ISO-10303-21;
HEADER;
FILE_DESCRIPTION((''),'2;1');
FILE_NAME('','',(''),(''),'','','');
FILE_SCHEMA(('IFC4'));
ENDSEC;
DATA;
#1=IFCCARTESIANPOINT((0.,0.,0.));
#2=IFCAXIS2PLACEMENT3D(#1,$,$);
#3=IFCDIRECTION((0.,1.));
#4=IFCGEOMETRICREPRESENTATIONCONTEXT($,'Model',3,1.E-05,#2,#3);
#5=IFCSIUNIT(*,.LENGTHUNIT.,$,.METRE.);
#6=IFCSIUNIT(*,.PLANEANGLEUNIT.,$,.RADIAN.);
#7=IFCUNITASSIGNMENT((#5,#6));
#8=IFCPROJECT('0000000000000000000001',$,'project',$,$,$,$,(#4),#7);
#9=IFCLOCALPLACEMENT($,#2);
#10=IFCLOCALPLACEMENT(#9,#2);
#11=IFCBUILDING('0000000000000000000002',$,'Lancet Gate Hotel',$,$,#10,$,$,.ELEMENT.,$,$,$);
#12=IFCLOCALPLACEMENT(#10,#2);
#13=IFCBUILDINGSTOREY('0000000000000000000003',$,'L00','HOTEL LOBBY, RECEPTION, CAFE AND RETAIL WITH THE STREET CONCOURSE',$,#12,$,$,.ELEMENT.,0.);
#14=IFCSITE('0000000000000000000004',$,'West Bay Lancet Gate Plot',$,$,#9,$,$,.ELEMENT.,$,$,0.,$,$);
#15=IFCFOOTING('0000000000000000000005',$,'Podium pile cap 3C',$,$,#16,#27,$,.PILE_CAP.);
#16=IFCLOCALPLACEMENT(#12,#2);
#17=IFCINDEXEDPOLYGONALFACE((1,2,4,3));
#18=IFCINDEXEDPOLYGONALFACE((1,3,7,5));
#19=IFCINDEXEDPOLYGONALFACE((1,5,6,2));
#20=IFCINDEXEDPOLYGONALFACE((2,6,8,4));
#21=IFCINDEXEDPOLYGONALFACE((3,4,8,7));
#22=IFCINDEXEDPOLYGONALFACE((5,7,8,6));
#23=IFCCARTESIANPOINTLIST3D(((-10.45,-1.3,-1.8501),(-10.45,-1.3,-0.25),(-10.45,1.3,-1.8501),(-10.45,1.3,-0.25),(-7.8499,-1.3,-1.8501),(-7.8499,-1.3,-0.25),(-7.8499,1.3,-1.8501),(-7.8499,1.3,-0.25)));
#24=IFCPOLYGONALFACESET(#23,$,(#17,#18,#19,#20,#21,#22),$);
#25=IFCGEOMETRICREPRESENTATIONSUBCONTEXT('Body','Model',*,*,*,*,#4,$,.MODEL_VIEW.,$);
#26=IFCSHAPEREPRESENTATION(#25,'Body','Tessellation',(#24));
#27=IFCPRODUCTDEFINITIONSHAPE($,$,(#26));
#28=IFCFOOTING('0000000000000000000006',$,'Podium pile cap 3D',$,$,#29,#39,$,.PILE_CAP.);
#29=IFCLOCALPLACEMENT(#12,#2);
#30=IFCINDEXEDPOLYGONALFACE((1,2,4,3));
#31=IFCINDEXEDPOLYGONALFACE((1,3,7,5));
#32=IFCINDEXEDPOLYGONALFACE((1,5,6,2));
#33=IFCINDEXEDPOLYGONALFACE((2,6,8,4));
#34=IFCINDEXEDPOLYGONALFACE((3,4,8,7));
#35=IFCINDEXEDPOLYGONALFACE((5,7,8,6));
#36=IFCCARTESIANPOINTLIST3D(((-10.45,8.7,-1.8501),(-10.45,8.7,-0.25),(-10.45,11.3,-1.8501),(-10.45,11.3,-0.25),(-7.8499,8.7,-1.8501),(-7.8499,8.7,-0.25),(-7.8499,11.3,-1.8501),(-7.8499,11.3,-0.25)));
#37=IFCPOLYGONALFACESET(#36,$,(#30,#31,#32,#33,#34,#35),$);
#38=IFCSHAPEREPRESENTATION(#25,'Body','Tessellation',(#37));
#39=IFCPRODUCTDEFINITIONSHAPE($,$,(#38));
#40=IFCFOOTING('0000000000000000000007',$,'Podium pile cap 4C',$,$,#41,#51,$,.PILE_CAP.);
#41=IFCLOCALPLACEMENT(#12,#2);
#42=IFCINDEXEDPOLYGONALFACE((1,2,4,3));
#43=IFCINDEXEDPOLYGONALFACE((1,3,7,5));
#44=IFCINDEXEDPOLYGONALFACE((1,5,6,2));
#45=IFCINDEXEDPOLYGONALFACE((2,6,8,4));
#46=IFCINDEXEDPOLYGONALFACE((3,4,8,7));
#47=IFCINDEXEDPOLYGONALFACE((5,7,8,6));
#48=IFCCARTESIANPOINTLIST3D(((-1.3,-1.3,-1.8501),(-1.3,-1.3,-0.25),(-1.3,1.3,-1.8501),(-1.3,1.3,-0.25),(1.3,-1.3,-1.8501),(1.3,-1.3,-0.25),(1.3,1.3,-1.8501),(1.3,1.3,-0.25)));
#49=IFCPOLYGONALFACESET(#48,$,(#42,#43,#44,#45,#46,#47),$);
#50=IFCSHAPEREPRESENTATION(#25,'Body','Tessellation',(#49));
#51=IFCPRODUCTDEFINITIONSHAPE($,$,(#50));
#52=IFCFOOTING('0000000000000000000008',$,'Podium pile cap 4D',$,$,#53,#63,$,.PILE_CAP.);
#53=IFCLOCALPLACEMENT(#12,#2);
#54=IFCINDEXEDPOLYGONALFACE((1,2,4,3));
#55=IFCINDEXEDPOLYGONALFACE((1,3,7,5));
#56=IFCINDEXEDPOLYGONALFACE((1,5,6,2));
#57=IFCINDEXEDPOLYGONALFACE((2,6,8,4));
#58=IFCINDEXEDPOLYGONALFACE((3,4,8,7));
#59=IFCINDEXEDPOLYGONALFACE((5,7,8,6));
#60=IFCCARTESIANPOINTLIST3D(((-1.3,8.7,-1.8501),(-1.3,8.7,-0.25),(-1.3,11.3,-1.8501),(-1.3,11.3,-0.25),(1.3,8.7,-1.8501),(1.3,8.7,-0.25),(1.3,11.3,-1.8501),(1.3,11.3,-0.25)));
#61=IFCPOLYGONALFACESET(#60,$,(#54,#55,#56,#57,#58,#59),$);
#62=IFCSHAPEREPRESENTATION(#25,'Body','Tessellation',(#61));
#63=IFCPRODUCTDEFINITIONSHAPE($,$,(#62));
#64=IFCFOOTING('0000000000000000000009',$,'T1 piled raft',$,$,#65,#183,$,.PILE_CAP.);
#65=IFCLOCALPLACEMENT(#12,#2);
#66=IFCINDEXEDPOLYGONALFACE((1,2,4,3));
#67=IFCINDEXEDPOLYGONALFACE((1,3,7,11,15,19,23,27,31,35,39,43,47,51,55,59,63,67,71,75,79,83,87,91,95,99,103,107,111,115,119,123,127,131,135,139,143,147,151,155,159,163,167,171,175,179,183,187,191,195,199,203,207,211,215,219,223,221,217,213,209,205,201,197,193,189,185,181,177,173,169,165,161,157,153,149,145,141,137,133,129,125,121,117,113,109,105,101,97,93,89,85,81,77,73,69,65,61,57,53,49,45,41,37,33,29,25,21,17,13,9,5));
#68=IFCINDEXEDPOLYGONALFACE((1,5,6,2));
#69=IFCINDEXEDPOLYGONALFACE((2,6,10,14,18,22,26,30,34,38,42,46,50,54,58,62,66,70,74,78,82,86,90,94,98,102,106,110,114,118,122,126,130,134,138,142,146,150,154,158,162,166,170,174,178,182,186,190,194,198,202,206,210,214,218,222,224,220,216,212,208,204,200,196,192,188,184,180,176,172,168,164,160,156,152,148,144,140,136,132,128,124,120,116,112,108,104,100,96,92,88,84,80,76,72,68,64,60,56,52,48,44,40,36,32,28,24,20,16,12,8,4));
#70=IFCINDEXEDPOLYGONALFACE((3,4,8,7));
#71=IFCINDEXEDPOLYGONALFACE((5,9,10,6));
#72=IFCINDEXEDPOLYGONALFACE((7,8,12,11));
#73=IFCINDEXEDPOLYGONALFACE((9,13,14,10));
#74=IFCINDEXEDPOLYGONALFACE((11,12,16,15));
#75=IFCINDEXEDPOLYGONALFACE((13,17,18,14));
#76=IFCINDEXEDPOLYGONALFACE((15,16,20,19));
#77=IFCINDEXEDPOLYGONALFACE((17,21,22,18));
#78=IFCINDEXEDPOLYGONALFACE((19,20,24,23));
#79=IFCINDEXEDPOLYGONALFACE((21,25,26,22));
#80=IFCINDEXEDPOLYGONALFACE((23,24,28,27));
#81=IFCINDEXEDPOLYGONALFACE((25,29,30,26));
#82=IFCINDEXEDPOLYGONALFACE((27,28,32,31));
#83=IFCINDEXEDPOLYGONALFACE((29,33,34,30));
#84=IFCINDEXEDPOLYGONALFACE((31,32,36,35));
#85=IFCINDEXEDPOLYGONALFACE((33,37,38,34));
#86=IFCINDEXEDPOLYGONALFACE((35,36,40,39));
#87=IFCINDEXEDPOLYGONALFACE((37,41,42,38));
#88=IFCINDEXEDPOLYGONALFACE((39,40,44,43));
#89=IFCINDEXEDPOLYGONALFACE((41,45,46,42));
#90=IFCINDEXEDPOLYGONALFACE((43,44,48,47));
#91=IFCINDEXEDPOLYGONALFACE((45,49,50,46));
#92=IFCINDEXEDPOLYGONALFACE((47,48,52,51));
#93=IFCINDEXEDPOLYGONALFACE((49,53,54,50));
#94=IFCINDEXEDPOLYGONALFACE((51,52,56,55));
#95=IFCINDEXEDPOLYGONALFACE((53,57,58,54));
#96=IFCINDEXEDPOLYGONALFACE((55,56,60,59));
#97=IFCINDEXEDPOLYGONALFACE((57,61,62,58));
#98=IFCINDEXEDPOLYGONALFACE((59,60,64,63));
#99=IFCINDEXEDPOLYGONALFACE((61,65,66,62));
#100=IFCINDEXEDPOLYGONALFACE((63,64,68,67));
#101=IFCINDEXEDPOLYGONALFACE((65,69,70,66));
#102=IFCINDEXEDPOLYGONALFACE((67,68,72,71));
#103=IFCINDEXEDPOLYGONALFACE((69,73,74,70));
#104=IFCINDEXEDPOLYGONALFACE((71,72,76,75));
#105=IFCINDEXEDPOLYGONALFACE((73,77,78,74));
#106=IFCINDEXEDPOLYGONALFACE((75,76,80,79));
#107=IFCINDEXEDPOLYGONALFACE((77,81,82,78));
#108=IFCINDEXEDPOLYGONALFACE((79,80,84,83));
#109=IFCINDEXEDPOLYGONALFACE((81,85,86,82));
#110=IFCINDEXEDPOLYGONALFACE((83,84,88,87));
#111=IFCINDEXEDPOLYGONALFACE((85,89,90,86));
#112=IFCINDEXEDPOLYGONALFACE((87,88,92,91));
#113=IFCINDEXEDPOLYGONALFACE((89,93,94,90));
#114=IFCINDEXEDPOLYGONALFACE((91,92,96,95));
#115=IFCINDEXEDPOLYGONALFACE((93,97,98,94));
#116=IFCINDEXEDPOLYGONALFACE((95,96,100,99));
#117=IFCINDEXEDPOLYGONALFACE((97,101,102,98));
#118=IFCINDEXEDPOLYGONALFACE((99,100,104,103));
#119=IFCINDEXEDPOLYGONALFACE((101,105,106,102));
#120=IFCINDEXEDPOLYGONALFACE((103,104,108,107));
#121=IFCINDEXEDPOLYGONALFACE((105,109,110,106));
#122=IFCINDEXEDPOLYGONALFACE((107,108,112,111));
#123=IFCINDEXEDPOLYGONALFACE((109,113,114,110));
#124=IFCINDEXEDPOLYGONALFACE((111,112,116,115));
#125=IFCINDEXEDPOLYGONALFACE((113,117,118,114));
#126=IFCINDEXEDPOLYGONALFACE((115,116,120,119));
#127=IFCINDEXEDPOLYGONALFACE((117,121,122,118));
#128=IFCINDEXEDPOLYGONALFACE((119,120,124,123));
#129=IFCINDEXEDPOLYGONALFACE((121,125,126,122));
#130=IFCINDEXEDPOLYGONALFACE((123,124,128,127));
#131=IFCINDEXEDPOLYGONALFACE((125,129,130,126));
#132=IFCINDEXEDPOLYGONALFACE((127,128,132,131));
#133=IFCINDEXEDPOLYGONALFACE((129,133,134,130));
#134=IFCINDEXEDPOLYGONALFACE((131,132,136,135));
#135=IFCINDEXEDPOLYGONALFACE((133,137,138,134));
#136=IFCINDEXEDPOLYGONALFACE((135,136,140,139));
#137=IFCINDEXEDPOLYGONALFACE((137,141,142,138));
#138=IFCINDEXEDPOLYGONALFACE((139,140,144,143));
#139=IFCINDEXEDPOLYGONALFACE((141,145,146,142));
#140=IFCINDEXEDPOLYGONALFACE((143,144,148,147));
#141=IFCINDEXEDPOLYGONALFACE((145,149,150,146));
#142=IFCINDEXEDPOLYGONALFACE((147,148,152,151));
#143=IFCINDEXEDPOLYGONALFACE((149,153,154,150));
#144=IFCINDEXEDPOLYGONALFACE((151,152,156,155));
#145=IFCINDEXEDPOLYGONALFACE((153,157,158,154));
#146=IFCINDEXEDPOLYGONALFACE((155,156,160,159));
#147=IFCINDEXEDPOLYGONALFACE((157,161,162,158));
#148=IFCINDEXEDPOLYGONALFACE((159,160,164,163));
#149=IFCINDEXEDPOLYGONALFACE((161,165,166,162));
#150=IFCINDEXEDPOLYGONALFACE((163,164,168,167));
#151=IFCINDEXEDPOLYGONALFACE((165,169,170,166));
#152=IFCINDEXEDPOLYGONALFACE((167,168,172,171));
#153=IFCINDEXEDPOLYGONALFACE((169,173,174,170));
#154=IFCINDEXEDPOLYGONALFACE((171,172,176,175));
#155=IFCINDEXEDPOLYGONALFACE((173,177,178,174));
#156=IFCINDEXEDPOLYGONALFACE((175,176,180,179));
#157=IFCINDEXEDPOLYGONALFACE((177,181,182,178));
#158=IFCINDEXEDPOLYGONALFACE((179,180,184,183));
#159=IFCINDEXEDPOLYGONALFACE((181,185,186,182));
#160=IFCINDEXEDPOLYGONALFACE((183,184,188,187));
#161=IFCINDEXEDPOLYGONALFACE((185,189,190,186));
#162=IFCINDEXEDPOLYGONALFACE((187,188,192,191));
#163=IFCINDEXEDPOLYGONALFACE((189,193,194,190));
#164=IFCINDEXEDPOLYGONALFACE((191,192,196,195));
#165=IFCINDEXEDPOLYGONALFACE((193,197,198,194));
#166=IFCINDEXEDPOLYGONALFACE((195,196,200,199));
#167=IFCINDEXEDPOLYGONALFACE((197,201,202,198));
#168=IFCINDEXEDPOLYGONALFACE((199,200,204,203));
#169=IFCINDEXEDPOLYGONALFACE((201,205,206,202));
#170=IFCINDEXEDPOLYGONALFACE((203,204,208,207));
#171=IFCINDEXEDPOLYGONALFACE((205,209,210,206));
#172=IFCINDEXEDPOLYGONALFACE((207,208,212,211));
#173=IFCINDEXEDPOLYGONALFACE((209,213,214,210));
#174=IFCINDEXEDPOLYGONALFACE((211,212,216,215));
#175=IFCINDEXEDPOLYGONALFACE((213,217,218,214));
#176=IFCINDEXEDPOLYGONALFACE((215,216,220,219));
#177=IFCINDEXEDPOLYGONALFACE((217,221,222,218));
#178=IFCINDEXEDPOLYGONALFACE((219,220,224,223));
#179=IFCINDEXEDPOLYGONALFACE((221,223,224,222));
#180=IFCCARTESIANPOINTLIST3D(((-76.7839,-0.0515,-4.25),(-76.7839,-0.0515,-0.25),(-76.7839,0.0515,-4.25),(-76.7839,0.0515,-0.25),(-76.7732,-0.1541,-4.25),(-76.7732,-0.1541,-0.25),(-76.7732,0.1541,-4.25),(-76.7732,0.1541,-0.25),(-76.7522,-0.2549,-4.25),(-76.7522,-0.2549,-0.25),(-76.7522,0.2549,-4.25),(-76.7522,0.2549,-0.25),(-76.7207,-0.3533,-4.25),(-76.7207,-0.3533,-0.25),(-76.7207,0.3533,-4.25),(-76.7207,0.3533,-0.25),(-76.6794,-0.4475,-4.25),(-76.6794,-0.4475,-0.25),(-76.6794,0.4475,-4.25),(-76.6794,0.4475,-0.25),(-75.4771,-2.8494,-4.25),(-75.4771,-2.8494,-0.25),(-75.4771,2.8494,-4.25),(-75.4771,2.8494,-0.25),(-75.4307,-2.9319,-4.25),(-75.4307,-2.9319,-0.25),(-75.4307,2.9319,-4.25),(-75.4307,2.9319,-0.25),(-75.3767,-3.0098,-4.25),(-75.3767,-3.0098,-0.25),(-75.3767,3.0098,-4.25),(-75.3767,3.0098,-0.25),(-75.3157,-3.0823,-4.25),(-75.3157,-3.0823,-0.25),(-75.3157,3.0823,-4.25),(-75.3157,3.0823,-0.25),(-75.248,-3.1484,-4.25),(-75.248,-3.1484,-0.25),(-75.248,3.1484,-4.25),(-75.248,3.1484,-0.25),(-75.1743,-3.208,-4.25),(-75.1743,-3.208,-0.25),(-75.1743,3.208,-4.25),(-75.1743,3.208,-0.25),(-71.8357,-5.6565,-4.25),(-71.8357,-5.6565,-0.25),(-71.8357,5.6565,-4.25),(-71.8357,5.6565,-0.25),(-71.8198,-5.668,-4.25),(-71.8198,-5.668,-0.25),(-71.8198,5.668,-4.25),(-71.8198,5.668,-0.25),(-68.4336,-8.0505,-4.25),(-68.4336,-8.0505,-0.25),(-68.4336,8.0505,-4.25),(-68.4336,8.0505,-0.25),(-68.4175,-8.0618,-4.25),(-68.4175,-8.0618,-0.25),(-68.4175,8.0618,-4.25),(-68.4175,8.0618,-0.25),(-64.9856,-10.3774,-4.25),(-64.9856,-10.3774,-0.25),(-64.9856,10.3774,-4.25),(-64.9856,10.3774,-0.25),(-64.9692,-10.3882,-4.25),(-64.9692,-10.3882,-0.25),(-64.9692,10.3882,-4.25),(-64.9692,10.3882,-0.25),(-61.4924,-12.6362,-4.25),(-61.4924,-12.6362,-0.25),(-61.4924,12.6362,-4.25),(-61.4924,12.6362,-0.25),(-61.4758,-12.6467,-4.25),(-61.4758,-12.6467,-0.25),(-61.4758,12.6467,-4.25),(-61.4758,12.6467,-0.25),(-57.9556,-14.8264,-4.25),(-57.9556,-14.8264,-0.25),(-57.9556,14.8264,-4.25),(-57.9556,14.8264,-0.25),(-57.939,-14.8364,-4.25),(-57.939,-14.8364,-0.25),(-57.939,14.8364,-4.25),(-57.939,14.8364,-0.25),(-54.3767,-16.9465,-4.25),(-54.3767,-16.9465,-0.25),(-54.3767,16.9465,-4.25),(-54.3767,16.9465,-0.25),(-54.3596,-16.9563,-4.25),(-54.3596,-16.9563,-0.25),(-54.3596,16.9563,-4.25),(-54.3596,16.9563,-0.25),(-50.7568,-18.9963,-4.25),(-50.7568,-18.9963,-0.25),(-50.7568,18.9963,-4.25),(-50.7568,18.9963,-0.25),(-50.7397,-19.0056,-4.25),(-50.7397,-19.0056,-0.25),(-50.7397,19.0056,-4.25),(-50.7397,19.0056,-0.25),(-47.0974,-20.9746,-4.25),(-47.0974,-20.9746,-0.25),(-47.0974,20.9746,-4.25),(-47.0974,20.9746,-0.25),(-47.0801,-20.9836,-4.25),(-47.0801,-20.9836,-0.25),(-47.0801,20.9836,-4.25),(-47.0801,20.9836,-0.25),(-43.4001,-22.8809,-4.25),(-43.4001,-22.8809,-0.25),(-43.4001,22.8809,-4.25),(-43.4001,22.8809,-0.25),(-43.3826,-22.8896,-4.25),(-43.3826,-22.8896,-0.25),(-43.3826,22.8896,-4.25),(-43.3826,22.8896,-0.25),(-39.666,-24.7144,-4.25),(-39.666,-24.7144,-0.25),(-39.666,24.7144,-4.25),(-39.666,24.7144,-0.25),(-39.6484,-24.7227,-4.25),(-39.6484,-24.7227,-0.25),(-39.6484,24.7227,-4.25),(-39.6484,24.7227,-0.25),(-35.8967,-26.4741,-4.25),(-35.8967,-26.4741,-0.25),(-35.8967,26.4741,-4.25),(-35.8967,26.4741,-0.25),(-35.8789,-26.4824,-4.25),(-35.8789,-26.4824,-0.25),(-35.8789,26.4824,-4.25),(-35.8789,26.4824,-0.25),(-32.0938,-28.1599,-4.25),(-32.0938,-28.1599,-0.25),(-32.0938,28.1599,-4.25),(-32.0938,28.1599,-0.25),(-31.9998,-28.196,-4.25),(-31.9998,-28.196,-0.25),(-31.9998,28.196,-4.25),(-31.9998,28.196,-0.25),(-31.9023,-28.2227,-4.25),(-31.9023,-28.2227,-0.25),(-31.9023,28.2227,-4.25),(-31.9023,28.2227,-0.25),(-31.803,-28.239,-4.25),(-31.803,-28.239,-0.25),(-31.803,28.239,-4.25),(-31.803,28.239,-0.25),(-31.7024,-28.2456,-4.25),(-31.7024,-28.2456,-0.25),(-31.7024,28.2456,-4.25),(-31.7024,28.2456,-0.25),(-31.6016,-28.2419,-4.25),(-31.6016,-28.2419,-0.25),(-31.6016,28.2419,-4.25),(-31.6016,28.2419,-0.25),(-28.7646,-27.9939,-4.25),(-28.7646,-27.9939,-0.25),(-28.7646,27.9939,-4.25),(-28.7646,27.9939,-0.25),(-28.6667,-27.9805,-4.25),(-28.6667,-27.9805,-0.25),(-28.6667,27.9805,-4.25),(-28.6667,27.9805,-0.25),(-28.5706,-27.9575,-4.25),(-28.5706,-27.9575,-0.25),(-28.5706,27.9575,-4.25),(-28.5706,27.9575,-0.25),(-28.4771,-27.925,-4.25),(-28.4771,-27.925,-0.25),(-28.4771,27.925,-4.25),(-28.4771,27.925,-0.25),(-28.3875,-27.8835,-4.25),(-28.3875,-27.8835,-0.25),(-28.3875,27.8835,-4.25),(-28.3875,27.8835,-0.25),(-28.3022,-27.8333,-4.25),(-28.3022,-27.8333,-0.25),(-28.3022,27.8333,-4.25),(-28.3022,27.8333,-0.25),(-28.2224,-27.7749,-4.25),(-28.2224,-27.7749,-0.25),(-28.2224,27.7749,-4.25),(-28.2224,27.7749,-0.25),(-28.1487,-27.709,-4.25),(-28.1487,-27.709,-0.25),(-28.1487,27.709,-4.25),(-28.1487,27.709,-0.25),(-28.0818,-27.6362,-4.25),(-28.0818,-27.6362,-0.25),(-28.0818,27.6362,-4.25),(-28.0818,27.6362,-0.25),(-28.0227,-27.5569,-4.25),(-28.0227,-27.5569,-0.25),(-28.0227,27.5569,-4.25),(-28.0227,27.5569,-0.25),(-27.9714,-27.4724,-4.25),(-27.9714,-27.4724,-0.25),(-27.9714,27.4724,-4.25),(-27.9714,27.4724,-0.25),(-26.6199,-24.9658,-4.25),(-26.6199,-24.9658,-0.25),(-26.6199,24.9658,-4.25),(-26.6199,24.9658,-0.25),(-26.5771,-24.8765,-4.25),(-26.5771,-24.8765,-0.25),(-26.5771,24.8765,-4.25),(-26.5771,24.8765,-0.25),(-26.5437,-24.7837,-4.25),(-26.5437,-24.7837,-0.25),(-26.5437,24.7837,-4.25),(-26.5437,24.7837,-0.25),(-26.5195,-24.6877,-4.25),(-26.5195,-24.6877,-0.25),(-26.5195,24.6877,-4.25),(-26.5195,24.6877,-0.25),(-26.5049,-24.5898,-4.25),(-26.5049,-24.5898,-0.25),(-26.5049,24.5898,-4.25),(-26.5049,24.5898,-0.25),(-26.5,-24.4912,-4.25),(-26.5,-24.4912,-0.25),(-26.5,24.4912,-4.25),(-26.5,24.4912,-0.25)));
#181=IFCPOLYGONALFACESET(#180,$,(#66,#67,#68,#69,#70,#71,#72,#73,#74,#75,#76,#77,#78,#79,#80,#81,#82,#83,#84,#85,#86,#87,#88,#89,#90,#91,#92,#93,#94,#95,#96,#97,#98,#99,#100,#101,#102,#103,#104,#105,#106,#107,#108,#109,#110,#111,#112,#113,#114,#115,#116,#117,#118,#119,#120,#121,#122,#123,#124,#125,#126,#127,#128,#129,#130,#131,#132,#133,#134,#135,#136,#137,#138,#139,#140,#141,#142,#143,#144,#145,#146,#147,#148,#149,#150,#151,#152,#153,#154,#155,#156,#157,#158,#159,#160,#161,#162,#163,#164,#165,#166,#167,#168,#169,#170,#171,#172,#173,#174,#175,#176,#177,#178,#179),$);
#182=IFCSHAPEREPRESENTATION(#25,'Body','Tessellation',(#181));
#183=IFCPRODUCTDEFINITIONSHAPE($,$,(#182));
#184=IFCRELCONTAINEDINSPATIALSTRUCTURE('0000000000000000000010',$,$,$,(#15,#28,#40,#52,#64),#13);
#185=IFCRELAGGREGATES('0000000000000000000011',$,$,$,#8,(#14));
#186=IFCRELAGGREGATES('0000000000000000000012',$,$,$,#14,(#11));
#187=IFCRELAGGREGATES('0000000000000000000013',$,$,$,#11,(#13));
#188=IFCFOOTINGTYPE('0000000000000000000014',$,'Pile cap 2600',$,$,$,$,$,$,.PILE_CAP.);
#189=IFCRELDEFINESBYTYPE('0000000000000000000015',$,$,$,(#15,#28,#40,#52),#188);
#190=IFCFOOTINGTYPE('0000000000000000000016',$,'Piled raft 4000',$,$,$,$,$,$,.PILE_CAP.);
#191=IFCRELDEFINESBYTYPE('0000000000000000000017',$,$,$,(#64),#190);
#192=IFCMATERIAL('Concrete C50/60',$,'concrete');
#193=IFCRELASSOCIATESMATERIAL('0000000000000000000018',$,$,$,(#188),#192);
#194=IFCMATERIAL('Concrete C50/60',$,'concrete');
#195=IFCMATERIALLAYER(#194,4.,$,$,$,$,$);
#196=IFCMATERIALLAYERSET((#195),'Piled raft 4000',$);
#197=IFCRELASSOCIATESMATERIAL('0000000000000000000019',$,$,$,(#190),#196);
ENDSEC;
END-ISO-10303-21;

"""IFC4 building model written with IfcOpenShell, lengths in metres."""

from ifc_helpers import new_model, si_unit, direction, frame, origin, origin_2d, place, context, subcontext, project, spatial, polyline, rectangle, outline, extrude, material, layer, layer_set, type_object, element, save


model = new_model("IFC4")

# Units and contexts
model_context = context("Model", 3, precision=1e-05, world=origin(), true_north=direction((0.0, 1.0)))
body_context = subcontext(model_context, "Body", "Model", "MODEL_VIEW")
ifc_project = project(units=[si_unit("LENGTHUNIT", "METRE"), si_unit("PLANEANGLEUNIT", "RADIAN")], contexts=[model_context])

# Site, building, storey
site_placement = place(None, origin())
site = spatial("IfcSite", under=ifc_project, at=site_placement, Name="West Bay Lancet Gate Plot", CompositionType="ELEMENT", RefElevation=0.0)
building_placement = place(site_placement, origin())
building = spatial("IfcBuilding", under=site, at=building_placement, Name="Lancet Gate Hotel", CompositionType="ELEMENT")
storey_placement = place(building_placement, origin())
storey = spatial("IfcBuildingStorey", under=building, at=storey_placement, Name="L00", Description="HOTEL LOBBY, RECEPTION, CAFE AND RETAIL WITH THE STREET CONCOURSE", CompositionType="ELEMENT", Elevation=0.0)

# Footings
ifc_material_1 = material(Name="Concrete C50/60", Category="concrete")
footing_type_1 = type_object("IfcFootingType", Name="Pile cap 2600", PredefinedType="PILE_CAP", material=ifc_material_1)
for number, where, z_axis, x_axis, name in (
    (1, (-9.1499, 0.0, -1.8501), (0.0, 0.0, 1.0), (1.0, 0.0, 0.0), "Podium pile cap 3C"),
    (2, (-9.1499, 10.0, -1.8501), (0.0, 0.0, 1.0), (1.0, 0.0, 0.0), "Podium pile cap 3D"),
    (3, (0.0, 0.0, -1.8501), (0.0, 0.0, 1.0), (1.0, 0.0, 0.0), "Podium pile cap 4C"),
    (4, (0.0, 10.0, -1.8501), (0.0, 0.0, 1.0), (1.0, 0.0, 0.0), "Podium pile cap 4D"),
):
    element("IfcFooting", number, at=place(storey_placement, frame(where, z_axis=z_axis, x_axis=x_axis)), inside=storey, type_object=footing_type_1, Name=name, PredefinedType="PILE_CAP", context=body_context, shape_type="SweptSolid", body=[
        extrude(rectangle(XDim=2.6001, YDim=2.6001, at=origin_2d()), origin(), (0.0, 0.0, 1.0), 1.6001),
    ])
ifc_material_2 = material(Name="Concrete C50/60", Category="concrete")
ifc_layer_1 = layer(ifc_material_2, 4.0)
ifc_layer_set_1 = layer_set([ifc_layer_1], Name="Piled raft 4000")
footing_type_2 = type_object("IfcFootingType", Name="Piled raft 4000", PredefinedType="PILE_CAP", material=ifc_layer_set_1)
footing_1_placement = place(storey_placement, frame((0.0, 0.0, -4.25)))
element("IfcFooting", 5, at=footing_1_placement, inside=storey, type_object=footing_type_2, Name="T1 piled raft", PredefinedType="PILE_CAP", context=body_context, shape_type="SweptSolid", body=[
    extrude(outline(polyline([(-26.5049, 24.5898), (-26.5195, 24.6877), (-26.5437, 24.7837), (-26.5771, 24.8765), (-26.6199, 24.9658), (-27.9714, 27.4724), (-28.0227, 27.5569), (-28.0818, 27.6362), (-28.1487, 27.709), (-28.2224, 27.7749), (-28.3022, 27.8333), (-28.3875, 27.8835), (-28.4771, 27.925), (-28.5706, 27.9575), (-28.6667, 27.9805), (-28.7646, 27.9939), (-31.6016, 28.2419), (-31.7024, 28.2456), (-31.803, 28.239), (-31.9023, 28.2227), (-31.9998, 28.196), (-32.0938, 28.1599), (-35.8789, 26.4824), (-35.8967, 26.4741), (-39.6484, 24.7227), (-39.666, 24.7144), (-43.3826, 22.8896), (-43.4001, 22.8809), (-47.0801, 20.9836), (-47.0974, 20.9746), (-50.7397, 19.0056), (-50.7568, 18.9963), (-54.3596, 16.9563), (-54.3767, 16.9465), (-57.939, 14.8364), (-57.9556, 14.8264), (-61.4758, 12.6467), (-61.4924, 12.6362), (-64.9692, 10.3882), (-64.9856, 10.3774), (-68.4175, 8.0618), (-68.4336, 8.0505), (-71.8198, 5.668), (-71.8357, 5.6565), (-75.1743, 3.208), (-75.248, 3.1484), (-75.3157, 3.0823), (-75.3767, 3.0098), (-75.4307, 2.9319), (-75.4771, 2.8494), (-76.6794, 0.4475), (-76.7207, 0.3533), (-76.7522, 0.2549), (-76.7732, 0.1541), (-76.7839, 0.0515), (-76.7839, -0.0515), (-76.7732, -0.1541), (-76.7522, -0.2549), (-76.7207, -0.3533), (-76.6794, -0.4475), (-75.4771, -2.8494), (-75.4307, -2.9319), (-75.3767, -3.0098), (-75.3157, -3.0823), (-75.248, -3.1484), (-75.1743, -3.208), (-71.8357, -5.6565), (-71.8198, -5.668), (-68.4336, -8.0505), (-68.4175, -8.0618), (-64.9856, -10.3774), (-64.9692, -10.3882), (-61.4924, -12.6362), (-61.4758, -12.6467), (-57.9556, -14.8264), (-57.939, -14.8364), (-54.3767, -16.9465), (-54.3596, -16.9563), (-50.7568, -18.9963), (-50.7397, -19.0056), (-47.0974, -20.9746), (-47.0801, -20.9836), (-43.4001, -22.8809), (-43.3826, -22.8896), (-39.666, -24.7144), (-39.6484, -24.7227), (-35.8967, -26.4741), (-35.8789, -26.4824), (-32.0938, -28.1599), (-31.9998, -28.196), (-31.9023, -28.2227), (-31.803, -28.239), (-31.7024, -28.2456), (-31.6016, -28.2419), (-28.7646, -27.9939), (-28.6667, -27.9805), (-28.5706, -27.9575), (-28.4771, -27.925), (-28.3875, -27.8835), (-28.3022, -27.8333), (-28.2224, -27.7749), (-28.1487, -27.709), (-28.0818, -27.6362), (-28.0227, -27.5569), (-27.9714, -27.4724), (-26.6199, -24.9658), (-26.5771, -24.8765), (-26.5437, -24.7837), (-26.5195, -24.6877), (-26.5049, -24.5898), (-26.5, -24.4912), (-26.5, 24.4912), (-26.5049, 24.5898)])), origin(), (0.0, 0.0, 1.0), 4.0),
])

save(model, "model.ifc")
